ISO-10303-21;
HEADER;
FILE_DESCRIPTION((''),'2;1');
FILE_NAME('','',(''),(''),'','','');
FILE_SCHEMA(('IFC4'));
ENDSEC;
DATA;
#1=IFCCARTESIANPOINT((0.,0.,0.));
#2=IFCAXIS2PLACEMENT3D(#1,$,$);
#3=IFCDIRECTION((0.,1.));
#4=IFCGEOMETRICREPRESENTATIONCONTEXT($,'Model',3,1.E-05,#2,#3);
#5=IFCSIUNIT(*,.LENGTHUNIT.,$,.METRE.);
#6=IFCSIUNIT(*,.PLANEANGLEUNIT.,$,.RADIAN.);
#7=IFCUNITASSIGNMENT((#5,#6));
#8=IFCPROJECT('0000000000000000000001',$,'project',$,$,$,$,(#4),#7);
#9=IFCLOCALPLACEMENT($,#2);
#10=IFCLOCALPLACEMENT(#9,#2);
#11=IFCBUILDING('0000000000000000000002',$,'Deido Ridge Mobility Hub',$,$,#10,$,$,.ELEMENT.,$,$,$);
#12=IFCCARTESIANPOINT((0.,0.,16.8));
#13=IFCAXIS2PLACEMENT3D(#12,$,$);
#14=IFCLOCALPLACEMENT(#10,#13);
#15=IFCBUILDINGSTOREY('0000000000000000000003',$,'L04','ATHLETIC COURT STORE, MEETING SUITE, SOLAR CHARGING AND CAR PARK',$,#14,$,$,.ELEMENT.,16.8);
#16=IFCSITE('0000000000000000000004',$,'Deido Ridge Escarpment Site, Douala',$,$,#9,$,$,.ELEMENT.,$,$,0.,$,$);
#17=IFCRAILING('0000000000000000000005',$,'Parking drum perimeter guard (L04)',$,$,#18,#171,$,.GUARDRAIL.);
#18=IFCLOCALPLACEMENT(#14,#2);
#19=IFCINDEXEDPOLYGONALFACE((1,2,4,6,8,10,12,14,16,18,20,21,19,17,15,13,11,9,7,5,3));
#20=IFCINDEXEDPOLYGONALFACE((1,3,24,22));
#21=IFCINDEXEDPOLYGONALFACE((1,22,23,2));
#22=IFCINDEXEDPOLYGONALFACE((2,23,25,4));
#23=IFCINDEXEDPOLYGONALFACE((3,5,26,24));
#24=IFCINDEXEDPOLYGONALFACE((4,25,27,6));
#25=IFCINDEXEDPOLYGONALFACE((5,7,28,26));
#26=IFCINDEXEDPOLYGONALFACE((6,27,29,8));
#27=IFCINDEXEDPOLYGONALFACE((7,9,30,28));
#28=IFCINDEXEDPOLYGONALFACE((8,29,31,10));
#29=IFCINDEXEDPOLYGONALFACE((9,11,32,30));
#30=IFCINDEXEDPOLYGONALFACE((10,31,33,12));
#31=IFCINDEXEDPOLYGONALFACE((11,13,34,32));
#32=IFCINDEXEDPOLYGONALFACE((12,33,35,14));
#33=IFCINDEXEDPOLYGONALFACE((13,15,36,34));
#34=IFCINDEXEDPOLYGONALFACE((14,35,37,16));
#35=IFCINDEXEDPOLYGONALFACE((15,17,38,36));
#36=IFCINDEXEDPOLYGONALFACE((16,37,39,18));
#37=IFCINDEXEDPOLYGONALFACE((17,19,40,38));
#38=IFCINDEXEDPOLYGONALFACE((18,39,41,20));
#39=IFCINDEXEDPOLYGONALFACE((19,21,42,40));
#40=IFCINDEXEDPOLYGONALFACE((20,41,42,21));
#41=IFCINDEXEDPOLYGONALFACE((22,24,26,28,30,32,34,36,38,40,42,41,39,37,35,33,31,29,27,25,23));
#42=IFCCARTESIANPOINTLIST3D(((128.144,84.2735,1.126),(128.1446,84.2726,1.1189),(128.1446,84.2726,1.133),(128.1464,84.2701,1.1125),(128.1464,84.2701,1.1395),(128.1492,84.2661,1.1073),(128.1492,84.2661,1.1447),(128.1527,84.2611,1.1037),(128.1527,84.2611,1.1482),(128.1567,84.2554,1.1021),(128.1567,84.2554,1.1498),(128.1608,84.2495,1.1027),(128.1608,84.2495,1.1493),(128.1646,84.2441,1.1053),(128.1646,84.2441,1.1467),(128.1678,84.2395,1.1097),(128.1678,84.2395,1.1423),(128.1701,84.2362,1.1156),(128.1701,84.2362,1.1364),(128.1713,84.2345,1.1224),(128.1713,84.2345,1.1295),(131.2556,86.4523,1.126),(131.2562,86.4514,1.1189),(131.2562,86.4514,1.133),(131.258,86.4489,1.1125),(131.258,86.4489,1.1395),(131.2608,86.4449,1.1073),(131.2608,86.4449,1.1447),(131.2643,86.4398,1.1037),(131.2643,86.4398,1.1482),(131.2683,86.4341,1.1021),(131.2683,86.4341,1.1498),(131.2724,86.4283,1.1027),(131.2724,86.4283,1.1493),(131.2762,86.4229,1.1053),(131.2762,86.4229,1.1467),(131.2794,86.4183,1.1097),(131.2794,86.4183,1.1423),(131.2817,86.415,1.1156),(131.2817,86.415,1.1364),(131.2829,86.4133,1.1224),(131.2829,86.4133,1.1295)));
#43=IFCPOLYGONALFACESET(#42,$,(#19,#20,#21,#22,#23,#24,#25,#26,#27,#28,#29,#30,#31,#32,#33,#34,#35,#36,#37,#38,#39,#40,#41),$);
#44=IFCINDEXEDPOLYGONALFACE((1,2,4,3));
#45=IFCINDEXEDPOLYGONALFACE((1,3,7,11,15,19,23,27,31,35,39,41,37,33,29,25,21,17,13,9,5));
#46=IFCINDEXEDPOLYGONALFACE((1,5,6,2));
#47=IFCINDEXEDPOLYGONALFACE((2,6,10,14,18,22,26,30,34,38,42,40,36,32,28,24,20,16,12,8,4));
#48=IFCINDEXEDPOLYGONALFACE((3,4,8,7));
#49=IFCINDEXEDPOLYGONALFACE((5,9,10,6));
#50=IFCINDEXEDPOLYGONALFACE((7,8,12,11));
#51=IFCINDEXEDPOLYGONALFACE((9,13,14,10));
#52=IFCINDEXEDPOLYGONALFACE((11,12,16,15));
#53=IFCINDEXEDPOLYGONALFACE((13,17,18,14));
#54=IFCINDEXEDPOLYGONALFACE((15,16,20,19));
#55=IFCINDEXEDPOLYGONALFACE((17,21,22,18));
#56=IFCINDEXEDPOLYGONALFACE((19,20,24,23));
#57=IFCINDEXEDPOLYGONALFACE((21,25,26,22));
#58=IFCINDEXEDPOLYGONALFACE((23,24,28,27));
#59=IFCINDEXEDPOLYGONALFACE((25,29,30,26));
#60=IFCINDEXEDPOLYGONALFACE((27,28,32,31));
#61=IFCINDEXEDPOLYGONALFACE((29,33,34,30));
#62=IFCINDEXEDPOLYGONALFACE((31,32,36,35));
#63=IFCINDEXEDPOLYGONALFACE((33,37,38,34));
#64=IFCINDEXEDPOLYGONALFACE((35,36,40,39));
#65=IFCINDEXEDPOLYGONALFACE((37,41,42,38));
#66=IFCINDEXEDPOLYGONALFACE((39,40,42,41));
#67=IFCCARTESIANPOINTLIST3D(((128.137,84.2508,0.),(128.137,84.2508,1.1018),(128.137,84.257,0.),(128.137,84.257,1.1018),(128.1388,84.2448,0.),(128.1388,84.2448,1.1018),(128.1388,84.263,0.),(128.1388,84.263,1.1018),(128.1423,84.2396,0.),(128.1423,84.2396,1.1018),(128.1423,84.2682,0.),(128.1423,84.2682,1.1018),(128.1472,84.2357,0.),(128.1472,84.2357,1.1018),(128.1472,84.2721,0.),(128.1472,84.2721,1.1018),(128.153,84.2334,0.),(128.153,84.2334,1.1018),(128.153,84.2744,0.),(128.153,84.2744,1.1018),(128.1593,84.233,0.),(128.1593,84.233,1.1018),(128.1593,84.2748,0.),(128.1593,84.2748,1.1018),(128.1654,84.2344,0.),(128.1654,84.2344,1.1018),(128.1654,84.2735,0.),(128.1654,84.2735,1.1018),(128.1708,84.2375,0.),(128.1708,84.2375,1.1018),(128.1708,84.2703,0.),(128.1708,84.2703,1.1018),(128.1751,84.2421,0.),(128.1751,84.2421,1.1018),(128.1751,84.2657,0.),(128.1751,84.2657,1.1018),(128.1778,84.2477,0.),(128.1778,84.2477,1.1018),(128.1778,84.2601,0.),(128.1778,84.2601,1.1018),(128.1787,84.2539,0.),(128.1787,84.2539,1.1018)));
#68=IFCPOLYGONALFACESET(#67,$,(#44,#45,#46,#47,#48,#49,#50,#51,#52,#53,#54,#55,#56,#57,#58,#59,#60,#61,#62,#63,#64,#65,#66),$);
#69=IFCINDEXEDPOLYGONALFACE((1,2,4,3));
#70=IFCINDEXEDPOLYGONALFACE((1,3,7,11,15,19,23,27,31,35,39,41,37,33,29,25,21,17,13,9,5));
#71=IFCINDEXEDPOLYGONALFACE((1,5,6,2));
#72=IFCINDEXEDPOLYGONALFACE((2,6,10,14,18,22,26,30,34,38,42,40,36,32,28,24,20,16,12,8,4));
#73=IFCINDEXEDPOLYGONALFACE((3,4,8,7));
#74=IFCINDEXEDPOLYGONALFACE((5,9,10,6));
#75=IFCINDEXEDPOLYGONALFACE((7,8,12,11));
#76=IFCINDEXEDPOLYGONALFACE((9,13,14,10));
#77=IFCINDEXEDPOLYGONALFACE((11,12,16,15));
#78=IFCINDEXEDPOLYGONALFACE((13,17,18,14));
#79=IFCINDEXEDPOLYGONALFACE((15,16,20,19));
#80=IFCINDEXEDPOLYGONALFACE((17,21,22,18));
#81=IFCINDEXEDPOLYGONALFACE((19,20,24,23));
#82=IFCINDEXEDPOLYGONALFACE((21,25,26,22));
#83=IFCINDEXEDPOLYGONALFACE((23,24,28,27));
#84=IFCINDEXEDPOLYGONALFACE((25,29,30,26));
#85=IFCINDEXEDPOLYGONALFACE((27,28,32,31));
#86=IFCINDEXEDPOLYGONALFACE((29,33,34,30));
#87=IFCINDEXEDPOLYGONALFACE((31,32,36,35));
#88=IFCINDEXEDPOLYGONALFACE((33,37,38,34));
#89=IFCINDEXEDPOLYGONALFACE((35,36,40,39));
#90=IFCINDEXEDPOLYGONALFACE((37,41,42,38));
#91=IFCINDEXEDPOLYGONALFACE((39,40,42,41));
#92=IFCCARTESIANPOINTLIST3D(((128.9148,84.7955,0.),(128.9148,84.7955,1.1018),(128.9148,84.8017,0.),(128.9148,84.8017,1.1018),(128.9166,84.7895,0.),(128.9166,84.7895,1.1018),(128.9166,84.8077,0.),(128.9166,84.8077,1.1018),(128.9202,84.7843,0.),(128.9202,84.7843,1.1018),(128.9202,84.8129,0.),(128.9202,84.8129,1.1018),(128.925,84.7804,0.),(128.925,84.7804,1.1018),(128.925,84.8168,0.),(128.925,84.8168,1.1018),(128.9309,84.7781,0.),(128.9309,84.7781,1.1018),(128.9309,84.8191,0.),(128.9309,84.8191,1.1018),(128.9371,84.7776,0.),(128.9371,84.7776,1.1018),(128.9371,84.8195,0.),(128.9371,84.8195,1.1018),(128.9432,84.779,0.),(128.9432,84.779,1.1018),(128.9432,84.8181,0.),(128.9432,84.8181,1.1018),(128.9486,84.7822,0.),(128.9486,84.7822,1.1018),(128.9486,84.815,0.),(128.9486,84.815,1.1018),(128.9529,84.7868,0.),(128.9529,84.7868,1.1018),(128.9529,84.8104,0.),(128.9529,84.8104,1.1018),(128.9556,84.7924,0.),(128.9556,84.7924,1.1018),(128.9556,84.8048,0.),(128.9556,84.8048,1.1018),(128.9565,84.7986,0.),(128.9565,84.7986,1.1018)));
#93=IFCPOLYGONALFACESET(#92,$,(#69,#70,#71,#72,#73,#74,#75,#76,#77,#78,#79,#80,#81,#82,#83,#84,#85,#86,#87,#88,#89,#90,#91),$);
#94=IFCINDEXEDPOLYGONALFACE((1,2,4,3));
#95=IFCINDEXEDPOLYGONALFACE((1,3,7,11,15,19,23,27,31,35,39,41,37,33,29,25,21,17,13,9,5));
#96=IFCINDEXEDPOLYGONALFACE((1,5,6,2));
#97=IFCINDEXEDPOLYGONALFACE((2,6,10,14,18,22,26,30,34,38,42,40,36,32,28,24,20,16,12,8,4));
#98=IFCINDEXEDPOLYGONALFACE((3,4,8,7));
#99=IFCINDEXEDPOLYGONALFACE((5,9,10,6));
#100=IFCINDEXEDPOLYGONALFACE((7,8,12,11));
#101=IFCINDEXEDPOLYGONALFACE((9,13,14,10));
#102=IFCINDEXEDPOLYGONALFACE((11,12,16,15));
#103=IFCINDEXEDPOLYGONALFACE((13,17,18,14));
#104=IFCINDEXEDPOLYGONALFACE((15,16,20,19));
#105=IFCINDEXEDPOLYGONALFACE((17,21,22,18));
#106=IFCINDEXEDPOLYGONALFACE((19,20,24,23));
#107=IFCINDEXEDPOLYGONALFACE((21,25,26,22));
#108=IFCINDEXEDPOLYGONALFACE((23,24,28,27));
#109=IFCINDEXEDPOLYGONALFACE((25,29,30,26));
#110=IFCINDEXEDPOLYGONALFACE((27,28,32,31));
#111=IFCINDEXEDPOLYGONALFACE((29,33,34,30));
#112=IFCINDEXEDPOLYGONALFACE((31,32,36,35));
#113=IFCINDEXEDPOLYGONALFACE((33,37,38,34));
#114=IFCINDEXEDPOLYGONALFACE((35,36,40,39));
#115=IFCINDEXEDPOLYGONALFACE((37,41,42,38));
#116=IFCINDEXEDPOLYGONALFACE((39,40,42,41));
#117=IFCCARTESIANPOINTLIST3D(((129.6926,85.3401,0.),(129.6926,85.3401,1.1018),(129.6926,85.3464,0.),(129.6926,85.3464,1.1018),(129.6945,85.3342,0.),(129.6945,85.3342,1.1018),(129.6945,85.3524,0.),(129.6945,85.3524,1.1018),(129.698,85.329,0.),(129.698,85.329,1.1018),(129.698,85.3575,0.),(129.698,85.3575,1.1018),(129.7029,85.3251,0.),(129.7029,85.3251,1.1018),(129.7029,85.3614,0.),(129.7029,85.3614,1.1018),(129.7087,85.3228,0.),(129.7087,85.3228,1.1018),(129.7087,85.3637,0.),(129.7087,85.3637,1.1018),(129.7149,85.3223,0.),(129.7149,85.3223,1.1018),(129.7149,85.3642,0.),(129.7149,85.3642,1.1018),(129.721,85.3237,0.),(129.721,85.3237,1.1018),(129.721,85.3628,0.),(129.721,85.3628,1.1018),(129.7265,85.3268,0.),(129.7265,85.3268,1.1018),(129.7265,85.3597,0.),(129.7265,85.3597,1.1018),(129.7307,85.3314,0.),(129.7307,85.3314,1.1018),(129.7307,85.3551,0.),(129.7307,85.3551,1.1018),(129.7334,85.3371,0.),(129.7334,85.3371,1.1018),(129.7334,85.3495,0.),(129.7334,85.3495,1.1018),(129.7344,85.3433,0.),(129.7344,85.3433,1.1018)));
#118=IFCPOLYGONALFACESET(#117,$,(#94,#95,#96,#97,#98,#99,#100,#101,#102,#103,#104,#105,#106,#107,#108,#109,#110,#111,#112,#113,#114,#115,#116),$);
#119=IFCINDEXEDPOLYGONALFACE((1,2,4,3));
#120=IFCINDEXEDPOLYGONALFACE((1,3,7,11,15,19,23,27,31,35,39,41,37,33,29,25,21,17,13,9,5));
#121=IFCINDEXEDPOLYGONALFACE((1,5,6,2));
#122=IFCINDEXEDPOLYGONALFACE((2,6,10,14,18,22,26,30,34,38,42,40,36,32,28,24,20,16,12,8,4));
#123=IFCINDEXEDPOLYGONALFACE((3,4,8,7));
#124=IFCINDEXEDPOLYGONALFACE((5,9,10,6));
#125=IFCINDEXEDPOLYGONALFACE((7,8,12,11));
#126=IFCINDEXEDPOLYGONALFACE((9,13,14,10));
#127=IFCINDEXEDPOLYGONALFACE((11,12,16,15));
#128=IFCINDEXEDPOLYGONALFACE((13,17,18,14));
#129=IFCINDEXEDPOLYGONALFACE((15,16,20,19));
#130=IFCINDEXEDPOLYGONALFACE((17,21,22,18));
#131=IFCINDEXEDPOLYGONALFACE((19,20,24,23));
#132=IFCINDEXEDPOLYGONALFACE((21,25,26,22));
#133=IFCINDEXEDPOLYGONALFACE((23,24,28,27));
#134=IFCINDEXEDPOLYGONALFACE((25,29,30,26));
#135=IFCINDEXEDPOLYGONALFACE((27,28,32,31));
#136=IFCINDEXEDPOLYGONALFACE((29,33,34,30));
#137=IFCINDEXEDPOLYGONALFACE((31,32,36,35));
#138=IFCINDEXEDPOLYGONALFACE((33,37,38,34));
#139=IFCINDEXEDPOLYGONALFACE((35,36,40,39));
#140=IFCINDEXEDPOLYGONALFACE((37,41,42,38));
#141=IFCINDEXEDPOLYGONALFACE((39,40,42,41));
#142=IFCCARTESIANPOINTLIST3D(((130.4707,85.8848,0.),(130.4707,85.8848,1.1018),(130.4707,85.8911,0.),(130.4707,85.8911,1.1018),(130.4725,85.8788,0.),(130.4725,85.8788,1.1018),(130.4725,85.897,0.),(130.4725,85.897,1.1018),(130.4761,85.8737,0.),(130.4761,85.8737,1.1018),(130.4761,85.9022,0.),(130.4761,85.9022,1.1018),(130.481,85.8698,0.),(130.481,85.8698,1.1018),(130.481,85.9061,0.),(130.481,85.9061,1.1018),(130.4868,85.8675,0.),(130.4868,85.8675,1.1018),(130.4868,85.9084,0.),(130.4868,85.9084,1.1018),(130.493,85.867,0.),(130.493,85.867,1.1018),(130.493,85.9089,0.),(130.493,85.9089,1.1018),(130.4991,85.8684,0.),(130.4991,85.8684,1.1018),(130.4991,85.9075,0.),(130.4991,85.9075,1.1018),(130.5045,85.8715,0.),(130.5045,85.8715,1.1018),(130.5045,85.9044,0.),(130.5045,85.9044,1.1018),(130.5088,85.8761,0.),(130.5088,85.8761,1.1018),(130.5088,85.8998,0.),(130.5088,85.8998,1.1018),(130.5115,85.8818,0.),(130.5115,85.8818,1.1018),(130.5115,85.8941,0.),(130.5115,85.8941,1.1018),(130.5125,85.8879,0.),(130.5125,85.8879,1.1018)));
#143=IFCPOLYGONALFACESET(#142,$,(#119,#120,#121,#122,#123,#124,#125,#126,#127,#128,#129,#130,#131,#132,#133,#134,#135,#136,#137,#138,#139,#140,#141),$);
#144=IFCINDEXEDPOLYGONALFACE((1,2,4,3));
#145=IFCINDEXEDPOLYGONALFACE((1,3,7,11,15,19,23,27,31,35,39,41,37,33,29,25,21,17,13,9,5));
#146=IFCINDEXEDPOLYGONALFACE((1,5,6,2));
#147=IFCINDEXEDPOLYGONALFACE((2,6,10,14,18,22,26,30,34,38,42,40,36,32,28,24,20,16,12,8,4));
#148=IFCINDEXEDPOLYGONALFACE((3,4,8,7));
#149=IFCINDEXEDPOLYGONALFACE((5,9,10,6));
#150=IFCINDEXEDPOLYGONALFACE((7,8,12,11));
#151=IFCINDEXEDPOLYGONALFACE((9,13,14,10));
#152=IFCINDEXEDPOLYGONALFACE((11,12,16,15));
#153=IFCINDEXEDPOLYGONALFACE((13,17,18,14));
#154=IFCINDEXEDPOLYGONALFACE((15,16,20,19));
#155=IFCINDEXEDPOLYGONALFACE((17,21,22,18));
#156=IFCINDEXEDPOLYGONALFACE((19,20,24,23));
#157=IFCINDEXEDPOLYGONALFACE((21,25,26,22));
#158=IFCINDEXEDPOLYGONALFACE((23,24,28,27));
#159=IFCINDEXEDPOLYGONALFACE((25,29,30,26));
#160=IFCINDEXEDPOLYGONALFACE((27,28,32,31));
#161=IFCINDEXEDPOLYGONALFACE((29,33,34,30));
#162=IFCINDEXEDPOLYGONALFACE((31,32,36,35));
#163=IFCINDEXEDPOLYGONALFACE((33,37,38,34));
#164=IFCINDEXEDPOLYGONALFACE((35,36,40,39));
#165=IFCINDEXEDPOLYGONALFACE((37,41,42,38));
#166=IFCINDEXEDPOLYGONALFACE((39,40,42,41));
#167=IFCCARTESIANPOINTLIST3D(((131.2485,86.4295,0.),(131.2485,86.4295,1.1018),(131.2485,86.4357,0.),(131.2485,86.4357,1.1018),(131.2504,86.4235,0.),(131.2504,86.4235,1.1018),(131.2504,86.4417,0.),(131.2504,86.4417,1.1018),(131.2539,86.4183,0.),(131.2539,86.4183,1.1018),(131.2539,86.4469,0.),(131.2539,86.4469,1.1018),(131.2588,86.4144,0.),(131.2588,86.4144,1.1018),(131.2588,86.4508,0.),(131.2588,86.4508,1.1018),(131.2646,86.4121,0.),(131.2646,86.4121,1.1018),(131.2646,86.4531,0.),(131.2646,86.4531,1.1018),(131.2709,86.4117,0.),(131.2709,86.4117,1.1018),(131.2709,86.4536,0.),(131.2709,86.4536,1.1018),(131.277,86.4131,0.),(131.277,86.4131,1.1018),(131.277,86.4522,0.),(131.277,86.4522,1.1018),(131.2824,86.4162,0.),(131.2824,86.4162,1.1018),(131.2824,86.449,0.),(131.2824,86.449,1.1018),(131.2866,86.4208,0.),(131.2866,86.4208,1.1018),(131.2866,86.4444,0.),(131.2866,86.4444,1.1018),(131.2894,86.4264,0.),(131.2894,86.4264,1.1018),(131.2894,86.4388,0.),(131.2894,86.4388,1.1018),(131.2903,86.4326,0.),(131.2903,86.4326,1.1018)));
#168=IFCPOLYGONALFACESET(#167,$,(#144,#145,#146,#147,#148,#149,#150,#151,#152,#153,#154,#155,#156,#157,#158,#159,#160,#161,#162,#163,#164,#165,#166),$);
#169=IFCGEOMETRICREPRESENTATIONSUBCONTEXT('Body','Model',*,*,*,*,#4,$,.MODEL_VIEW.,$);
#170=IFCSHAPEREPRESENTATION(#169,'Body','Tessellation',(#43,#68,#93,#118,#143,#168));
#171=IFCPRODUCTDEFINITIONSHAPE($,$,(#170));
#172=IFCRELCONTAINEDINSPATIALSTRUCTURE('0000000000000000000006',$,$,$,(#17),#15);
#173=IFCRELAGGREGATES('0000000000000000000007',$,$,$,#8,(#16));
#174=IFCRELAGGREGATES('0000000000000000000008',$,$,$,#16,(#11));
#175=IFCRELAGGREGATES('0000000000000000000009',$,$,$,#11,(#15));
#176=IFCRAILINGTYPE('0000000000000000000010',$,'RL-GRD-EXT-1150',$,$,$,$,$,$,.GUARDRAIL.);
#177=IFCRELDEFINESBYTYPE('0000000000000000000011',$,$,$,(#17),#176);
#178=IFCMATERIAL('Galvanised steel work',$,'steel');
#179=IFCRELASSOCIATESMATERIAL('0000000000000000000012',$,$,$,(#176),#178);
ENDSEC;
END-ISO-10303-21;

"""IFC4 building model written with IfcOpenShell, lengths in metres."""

from ifc_helpers import new_model, si_unit, direction, frame, origin, origin_2d, place, context, subcontext, project, spatial, circle, extrude, material, type_object, element, save


model = new_model("IFC4")

# Units and contexts
model_context = context("Model", 3, precision=1e-05, world=origin(), true_north=direction((0.0, 1.0)))
body_context = subcontext(model_context, "Body", "Model", "MODEL_VIEW")
ifc_project = project(units=[si_unit("LENGTHUNIT", "METRE"), si_unit("PLANEANGLEUNIT", "RADIAN")], contexts=[model_context])

# Site, building, storey
site_placement = place(None, origin())
site = spatial("IfcSite", under=ifc_project, at=site_placement, Name="Deido Ridge Escarpment Site, Douala", CompositionType="ELEMENT", RefElevation=0.0)
building_placement = place(site_placement, origin())
building = spatial("IfcBuilding", under=site, at=building_placement, Name="Deido Ridge Mobility Hub", CompositionType="ELEMENT")
storey_placement = place(building_placement, frame((0.0, 0.0, 16.8)))
storey = spatial("IfcBuildingStorey", under=building, at=storey_placement, Name="L04", Description="ATHLETIC COURT STORE, MEETING SUITE, SOLAR CHARGING AND CAR PARK", CompositionType="ELEMENT", Elevation=16.8)

# Railing
ifc_material_1 = material(Name="Galvanised steel work", Category="steel")
railing_type = type_object("IfcRailingType", Name="RL-GRD-EXT-1150", PredefinedType="GUARDRAIL", material=ifc_material_1)
railing_1_placement = place(storey_placement, frame((128.1577, 84.2539, 0.0)))
element("IfcRailing", 1, at=railing_1_placement, inside=storey, type_object=railing_type, Name="Parking drum perimeter guard (L04)", PredefinedType="GUARDRAIL", context=body_context, shape_type="SweptSolid", body=[
    extrude(circle(Radius=0.0239, at=origin_2d()), frame((0.0, 0.0, 1.126), z_axis=(0.819156, 0.57357, 0.0), x_axis=(-0.57357, 0.819156, 0.0)), (0.0, 0.0, 1.0), 3.7986),
    extrude(circle(Radius=0.021, at=origin_2d()), origin(), (0.0, 0.0, 1.0), 1.1018),
    extrude(circle(Radius=0.021, at=origin_2d()), frame((0.7778, 0.5447, 0.0)), (0.0, 0.0, 1.0), 1.1018),
    extrude(circle(Radius=0.021, at=origin_2d()), frame((1.5557, 1.0894, 0.0)), (0.0, 0.0, 1.0), 1.1018),
    extrude(circle(Radius=0.021, at=origin_2d()), frame((2.3337, 1.634, 0.0)), (0.0, 0.0, 1.0), 1.1018),
    extrude(circle(Radius=0.021, at=origin_2d()), frame((3.1116, 2.1787, 0.0)), (0.0, 0.0, 1.0), 1.1018),
])

save(model, "model.ifc")
